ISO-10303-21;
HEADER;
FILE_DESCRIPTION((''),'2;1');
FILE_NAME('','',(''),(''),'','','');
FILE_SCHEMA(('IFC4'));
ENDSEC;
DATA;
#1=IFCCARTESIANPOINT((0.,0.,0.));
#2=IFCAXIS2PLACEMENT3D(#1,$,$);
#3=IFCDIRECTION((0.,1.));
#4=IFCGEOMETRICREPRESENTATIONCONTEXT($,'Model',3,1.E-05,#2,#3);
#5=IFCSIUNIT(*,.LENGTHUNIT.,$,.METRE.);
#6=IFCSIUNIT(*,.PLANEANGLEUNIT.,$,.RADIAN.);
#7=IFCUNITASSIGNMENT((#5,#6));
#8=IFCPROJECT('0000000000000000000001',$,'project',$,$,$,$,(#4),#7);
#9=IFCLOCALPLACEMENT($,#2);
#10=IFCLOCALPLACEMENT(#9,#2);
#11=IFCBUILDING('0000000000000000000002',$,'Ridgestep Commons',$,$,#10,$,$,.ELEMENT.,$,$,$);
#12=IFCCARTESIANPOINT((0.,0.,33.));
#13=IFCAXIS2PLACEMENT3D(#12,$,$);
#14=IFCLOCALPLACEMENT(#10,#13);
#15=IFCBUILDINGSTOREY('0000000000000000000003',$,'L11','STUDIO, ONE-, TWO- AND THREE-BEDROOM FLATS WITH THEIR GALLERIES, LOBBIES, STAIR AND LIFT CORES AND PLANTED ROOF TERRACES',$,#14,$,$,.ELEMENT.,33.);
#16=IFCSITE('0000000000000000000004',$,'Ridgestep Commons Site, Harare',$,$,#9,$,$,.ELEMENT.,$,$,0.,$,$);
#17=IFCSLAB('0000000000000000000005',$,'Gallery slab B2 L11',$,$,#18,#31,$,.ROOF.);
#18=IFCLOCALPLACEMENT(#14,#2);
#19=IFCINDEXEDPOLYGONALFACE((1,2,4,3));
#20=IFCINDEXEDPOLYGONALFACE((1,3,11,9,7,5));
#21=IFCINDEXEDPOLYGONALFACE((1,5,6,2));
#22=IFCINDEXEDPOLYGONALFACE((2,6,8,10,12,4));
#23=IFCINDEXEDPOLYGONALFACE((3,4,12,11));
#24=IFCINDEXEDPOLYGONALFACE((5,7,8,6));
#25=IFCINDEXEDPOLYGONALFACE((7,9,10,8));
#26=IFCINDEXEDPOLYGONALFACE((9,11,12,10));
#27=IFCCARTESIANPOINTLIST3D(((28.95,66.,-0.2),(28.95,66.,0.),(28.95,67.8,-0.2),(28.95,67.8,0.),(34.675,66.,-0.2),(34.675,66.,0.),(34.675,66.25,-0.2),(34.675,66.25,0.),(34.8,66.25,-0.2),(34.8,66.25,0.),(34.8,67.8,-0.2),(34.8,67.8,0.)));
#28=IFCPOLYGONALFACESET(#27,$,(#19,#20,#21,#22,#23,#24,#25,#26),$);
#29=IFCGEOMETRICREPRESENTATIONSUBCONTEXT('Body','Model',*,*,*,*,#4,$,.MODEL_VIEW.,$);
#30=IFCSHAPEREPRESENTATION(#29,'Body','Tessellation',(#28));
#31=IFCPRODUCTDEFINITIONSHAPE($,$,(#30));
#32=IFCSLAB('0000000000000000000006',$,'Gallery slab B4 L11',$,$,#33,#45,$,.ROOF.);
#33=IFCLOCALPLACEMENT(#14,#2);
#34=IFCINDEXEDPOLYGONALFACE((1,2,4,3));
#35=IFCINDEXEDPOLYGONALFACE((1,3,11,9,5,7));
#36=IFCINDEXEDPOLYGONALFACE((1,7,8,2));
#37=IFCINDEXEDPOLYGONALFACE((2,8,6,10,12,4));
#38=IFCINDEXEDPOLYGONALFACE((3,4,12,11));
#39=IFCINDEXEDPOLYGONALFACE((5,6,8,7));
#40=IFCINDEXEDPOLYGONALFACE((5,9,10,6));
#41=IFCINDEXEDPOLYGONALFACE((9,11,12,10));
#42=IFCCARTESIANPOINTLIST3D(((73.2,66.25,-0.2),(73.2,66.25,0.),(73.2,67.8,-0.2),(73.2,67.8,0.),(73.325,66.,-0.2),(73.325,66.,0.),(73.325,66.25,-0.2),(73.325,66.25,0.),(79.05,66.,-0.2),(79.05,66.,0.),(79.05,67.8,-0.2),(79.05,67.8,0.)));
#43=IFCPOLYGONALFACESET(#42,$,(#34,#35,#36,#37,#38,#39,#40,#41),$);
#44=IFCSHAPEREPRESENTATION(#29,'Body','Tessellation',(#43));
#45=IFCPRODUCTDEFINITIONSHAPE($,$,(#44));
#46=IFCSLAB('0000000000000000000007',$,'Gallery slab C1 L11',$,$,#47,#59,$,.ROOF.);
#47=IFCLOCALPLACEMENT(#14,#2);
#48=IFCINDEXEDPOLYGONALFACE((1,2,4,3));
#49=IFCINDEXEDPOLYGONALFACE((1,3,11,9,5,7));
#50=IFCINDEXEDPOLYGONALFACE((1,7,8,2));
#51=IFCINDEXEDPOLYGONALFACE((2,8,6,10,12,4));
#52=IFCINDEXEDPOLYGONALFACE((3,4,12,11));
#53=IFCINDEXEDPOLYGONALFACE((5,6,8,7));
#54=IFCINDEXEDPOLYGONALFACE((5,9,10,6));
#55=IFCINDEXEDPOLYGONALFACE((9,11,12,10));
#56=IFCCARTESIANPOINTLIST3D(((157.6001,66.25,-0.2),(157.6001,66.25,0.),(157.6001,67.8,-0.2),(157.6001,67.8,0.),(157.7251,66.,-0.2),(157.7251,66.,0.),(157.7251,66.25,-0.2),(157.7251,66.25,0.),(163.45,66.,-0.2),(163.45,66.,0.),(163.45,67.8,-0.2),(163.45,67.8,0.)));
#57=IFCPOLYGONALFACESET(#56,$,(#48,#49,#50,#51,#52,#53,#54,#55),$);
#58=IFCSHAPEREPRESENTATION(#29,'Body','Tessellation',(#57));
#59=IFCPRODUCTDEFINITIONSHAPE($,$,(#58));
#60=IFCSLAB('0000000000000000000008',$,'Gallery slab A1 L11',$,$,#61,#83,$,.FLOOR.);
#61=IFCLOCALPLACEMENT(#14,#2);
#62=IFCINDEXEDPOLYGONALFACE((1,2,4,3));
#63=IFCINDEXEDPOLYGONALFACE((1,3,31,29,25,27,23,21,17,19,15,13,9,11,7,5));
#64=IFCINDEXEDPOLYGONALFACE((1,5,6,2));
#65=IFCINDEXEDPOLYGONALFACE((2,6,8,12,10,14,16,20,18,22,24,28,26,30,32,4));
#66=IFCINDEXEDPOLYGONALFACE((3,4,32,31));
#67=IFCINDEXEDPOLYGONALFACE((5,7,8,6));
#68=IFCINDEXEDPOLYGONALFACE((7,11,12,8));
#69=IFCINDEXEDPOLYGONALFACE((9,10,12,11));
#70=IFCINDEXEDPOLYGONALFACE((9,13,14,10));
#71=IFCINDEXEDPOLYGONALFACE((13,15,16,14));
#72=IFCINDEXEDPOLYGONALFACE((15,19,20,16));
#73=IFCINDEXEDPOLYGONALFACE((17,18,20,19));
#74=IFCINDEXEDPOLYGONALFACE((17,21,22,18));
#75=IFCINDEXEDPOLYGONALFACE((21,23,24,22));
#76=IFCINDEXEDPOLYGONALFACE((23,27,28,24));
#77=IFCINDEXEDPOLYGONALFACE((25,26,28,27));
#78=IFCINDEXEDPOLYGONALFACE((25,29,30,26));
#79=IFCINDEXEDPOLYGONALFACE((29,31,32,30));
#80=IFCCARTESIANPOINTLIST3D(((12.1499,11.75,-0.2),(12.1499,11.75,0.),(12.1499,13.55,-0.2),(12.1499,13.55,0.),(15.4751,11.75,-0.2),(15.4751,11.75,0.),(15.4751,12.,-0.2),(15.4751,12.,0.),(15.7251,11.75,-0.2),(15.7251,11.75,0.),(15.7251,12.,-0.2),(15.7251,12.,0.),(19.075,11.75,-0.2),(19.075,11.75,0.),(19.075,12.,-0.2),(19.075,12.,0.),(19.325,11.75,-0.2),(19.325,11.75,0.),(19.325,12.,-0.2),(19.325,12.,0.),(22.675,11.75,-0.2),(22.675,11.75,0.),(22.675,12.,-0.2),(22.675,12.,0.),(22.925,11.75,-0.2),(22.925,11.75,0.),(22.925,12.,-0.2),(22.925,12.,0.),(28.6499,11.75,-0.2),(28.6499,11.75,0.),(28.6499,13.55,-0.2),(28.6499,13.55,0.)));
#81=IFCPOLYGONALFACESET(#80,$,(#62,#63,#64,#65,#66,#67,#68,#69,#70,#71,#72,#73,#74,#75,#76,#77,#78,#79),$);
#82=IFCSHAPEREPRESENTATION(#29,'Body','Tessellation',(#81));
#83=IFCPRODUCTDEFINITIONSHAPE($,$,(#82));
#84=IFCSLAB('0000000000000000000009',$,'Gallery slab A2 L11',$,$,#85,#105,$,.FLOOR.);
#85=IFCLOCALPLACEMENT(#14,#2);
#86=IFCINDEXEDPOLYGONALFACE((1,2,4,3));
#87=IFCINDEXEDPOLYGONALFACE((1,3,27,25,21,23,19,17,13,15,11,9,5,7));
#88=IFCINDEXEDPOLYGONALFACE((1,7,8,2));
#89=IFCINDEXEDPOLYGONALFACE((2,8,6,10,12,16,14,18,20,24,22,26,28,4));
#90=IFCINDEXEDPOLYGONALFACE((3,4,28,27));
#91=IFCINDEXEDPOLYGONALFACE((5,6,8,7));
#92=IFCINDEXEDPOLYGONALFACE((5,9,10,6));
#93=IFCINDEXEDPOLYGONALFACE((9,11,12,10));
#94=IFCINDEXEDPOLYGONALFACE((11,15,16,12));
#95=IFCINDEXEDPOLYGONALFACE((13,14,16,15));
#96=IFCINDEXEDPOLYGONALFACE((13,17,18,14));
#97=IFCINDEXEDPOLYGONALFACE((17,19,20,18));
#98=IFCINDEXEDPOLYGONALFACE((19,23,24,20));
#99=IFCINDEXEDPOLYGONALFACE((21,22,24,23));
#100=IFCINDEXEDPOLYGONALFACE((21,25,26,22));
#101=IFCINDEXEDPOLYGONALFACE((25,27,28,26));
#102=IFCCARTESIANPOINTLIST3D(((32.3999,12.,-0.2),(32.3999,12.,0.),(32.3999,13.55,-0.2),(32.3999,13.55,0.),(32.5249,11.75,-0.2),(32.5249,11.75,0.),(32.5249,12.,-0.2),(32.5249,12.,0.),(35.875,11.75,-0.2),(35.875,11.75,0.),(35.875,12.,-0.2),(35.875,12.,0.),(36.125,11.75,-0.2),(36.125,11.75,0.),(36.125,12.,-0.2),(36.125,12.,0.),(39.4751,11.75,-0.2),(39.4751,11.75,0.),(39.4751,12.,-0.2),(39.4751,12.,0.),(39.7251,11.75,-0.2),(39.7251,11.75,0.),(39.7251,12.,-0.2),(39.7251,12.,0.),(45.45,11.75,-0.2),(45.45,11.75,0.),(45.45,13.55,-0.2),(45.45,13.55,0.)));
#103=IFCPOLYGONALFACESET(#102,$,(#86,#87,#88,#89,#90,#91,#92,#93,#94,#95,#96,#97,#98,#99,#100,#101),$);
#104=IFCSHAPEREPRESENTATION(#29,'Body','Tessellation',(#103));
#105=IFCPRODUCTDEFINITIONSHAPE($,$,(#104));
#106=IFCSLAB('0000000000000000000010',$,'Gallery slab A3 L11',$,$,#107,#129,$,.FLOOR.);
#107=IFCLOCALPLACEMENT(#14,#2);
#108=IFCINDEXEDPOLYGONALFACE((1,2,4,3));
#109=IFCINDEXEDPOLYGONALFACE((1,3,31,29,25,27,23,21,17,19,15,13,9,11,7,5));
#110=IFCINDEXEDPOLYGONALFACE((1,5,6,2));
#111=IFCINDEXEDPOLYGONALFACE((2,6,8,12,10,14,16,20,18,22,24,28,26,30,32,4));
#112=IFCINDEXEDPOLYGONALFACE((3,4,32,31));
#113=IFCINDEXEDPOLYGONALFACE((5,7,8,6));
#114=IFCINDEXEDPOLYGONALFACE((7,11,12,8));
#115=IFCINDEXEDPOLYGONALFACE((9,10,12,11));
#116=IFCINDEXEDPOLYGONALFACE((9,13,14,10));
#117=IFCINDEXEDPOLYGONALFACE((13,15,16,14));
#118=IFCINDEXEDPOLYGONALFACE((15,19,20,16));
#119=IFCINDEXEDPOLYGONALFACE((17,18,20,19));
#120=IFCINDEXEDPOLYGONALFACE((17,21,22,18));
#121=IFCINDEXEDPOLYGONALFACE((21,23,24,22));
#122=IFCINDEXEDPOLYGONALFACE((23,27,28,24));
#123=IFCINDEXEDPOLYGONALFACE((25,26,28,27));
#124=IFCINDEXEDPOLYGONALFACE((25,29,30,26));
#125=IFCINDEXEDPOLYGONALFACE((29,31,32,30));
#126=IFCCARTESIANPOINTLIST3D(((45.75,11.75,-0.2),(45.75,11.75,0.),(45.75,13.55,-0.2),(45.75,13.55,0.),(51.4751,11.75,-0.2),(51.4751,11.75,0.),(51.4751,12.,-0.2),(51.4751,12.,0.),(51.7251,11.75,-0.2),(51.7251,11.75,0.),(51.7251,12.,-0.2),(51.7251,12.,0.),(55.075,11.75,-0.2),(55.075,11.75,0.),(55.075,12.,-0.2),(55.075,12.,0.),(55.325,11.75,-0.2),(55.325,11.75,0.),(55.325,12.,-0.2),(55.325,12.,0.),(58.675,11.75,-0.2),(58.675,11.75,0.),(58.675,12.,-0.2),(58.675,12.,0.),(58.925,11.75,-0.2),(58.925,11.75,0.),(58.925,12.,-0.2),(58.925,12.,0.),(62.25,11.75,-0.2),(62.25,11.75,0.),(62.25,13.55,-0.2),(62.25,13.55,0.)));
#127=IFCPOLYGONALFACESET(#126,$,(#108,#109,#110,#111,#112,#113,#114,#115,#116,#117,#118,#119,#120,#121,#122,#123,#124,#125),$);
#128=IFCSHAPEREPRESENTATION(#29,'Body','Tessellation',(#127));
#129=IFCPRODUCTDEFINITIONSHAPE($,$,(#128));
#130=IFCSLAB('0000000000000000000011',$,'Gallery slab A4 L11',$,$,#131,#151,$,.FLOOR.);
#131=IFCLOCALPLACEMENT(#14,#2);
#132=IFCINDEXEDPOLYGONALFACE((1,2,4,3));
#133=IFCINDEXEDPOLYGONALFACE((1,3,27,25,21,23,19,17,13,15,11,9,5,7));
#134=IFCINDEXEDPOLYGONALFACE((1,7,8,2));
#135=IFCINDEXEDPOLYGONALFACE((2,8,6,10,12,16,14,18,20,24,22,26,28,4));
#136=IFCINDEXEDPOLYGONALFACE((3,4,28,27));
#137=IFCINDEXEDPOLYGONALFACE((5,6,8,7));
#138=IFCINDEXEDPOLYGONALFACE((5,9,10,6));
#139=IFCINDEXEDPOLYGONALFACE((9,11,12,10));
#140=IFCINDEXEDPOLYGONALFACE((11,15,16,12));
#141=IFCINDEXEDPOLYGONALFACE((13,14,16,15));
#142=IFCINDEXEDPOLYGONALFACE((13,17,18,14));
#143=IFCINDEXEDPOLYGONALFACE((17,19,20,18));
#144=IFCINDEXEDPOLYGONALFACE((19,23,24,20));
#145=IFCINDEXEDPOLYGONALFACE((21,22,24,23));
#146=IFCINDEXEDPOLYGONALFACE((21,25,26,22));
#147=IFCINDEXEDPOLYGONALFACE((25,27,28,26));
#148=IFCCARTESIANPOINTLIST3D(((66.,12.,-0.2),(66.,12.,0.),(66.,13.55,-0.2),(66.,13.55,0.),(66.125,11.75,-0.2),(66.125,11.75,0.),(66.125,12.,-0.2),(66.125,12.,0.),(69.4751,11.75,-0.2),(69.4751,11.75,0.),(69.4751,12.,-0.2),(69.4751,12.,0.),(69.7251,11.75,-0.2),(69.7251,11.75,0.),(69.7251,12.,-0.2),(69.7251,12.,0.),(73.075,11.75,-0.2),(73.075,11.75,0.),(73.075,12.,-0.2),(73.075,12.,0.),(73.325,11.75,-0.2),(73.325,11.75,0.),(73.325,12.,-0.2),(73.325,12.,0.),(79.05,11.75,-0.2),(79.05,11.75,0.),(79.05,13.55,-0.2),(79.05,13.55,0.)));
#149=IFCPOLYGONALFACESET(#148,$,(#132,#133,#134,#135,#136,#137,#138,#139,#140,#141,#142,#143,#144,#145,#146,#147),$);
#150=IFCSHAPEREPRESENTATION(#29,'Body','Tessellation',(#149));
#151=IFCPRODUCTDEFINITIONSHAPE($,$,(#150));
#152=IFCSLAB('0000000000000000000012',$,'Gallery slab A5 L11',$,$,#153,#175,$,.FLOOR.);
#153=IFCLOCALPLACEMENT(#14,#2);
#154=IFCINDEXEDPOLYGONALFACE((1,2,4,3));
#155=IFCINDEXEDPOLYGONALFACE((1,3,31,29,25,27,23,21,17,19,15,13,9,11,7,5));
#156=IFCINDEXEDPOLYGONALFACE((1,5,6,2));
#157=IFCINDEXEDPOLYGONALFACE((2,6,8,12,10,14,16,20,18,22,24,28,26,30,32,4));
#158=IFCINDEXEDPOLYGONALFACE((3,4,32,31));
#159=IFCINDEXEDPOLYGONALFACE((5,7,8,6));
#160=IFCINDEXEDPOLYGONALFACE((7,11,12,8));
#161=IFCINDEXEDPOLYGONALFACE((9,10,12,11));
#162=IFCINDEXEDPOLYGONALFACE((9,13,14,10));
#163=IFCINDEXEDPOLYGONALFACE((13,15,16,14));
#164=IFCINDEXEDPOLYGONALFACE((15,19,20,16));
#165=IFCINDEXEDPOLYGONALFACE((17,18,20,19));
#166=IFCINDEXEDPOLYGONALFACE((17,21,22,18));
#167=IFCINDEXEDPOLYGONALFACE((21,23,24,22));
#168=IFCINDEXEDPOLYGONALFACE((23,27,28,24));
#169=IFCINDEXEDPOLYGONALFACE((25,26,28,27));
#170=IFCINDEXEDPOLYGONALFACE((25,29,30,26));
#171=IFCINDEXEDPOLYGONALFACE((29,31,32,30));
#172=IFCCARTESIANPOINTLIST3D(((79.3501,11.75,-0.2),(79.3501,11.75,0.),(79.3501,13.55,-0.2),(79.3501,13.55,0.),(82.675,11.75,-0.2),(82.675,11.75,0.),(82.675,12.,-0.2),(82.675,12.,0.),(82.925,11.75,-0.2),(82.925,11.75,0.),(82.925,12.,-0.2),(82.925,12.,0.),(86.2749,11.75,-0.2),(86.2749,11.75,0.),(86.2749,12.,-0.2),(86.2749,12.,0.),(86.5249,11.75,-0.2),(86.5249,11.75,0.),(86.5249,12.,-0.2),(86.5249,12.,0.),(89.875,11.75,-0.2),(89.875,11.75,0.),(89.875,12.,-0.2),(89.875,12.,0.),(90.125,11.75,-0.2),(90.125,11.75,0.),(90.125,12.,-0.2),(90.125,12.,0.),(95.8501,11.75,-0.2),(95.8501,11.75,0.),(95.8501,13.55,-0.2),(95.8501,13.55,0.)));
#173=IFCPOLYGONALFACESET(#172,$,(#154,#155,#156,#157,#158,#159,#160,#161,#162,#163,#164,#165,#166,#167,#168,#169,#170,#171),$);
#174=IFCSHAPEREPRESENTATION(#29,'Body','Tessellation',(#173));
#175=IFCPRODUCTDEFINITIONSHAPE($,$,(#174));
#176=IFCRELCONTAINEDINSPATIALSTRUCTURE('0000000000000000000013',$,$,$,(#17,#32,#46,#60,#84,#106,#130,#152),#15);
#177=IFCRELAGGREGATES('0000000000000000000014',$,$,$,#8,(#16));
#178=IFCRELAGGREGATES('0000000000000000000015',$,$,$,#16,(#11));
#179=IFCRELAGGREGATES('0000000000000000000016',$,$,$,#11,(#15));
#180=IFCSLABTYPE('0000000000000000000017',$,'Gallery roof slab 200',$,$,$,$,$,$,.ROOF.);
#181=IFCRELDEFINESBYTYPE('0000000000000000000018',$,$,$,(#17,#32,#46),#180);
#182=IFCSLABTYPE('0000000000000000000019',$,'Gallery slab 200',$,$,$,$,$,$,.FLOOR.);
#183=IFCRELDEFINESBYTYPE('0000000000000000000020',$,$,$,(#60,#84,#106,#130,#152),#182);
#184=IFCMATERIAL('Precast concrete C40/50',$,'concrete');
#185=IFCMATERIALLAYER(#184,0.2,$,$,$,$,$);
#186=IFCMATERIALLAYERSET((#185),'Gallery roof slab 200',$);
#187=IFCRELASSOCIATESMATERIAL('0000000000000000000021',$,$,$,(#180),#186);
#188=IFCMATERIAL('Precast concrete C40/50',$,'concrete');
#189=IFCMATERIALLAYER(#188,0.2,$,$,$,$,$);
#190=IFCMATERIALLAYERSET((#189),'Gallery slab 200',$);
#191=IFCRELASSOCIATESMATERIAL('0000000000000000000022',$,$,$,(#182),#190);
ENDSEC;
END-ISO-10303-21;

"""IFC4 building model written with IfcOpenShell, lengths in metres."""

from ifc_helpers import new_model, si_unit, direction, frame, origin, place, context, subcontext, project, spatial, polyline, outline, extrude, material, layer, layer_set, type_object, element, save


model = new_model("IFC4")

# Units and contexts
model_context = context("Model", 3, precision=1e-05, world=origin(), true_north=direction((0.0, 1.0)))
body_context = subcontext(model_context, "Body", "Model", "MODEL_VIEW")
ifc_project = project(units=[si_unit("LENGTHUNIT", "METRE"), si_unit("PLANEANGLEUNIT", "RADIAN")], contexts=[model_context])

# Site, building, storey
site_placement = place(None, origin())
site = spatial("IfcSite", under=ifc_project, at=site_placement, Name="Ridgestep Commons Site, Harare", CompositionType="ELEMENT", RefElevation=0.0)
building_placement = place(site_placement, origin())
building = spatial("IfcBuilding", under=site, at=building_placement, Name="Ridgestep Commons", CompositionType="ELEMENT")
storey_placement = place(building_placement, frame((0.0, 0.0, 33.0)))
storey = spatial("IfcBuildingStorey", under=building, at=storey_placement, Name="L11", Description="STUDIO, ONE-, TWO- AND THREE-BEDROOM FLATS WITH THEIR GALLERIES, LOBBIES, STAIR AND LIFT CORES AND PLANTED ROOF TERRACES", CompositionType="ELEMENT", Elevation=33.0)

# Slabs
ifc_material_1 = material(Name="Precast concrete C40/50", Category="concrete")
ifc_layer_1 = layer(ifc_material_1, 0.2)
ifc_layer_set_1 = layer_set([ifc_layer_1], Name="Gallery roof slab 200")
slab_type_1 = type_object("IfcSlabType", Name="Gallery roof slab 200", PredefinedType="ROOF", material=ifc_layer_set_1)
slab_1_placement = place(storey_placement, frame((0.0, 0.0, -0.2)))
element("IfcSlab", 1, at=slab_1_placement, inside=storey, type_object=slab_type_1, Name="Gallery slab B2 L11", PredefinedType="ROOF", context=body_context, shape_type="SweptSolid", body=[
    extrude(outline(polyline([(28.95, 66.0), (34.675, 66.0), (34.675, 66.25), (34.8, 66.25), (34.8, 67.8), (28.95, 67.8), (28.95, 66.0)])), origin(), (0.0, 0.0, 1.0), 0.2),
])
slab_2_placement = place(storey_placement, frame((0.0, 0.0, -0.2)))
element("IfcSlab", 2, at=slab_2_placement, inside=storey, type_object=slab_type_1, Name="Gallery slab B4 L11", PredefinedType="ROOF", context=body_context, shape_type="SweptSolid", body=[
    extrude(outline(polyline([(73.2, 67.8), (73.2, 66.25), (73.325, 66.25), (73.325, 66.0), (79.05, 66.0), (79.05, 67.8), (73.2, 67.8)])), origin(), (0.0, 0.0, 1.0), 0.2),
])
slab_3_placement = place(storey_placement, frame((0.0, 0.0, -0.2)))
element("IfcSlab", 3, at=slab_3_placement, inside=storey, type_object=slab_type_1, Name="Gallery slab C1 L11", PredefinedType="ROOF", context=body_context, shape_type="SweptSolid", body=[
    extrude(outline(polyline([(157.6001, 67.8), (157.6001, 66.25), (157.7251, 66.25), (157.7251, 66.0), (163.45, 66.0), (163.45, 67.8), (157.6001, 67.8)])), origin(), (0.0, 0.0, 1.0), 0.2),
])
ifc_material_2 = material(Name="Precast concrete C40/50", Category="concrete")
ifc_layer_2 = layer(ifc_material_2, 0.2)
ifc_layer_set_2 = layer_set([ifc_layer_2], Name="Gallery slab 200")
slab_type_2 = type_object("IfcSlabType", Name="Gallery slab 200", PredefinedType="FLOOR", material=ifc_layer_set_2)
slab_4_placement = place(storey_placement, frame((0.0, 0.0, -0.2)))
element("IfcSlab", 4, at=slab_4_placement, inside=storey, type_object=slab_type_2, Name="Gallery slab A1 L11", PredefinedType="FLOOR", context=body_context, shape_type="SweptSolid", body=[
    extrude(outline(polyline([(28.6499, 13.55), (12.1499, 13.55), (12.1499, 11.75), (15.4751, 11.75), (15.4751, 12.0), (15.7251, 12.0), (15.7251, 11.75), (19.075, 11.75), (19.075, 12.0), (19.325, 12.0), (19.325, 11.75), (22.675, 11.75), (22.675, 12.0), (22.925, 12.0), (22.925, 11.75), (28.6499, 11.75), (28.6499, 13.55)])), origin(), (0.0, 0.0, 1.0), 0.2),
])
slab_5_placement = place(storey_placement, frame((0.0, 0.0, -0.2)))
element("IfcSlab", 5, at=slab_5_placement, inside=storey, type_object=slab_type_2, Name="Gallery slab A2 L11", PredefinedType="FLOOR", context=body_context, shape_type="SweptSolid", body=[
    extrude(outline(polyline([(45.45, 11.75), (45.45, 13.55), (32.3999, 13.55), (32.3999, 12.0), (32.5249, 12.0), (32.5249, 11.75), (35.875, 11.75), (35.875, 12.0), (36.125, 12.0), (36.125, 11.75), (39.4751, 11.75), (39.4751, 12.0), (39.7251, 12.0), (39.7251, 11.75), (45.45, 11.75)])), origin(), (0.0, 0.0, 1.0), 0.2),
])
slab_6_placement = place(storey_placement, frame((0.0, 0.0, -0.2)))
element("IfcSlab", 6, at=slab_6_placement, inside=storey, type_object=slab_type_2, Name="Gallery slab A3 L11", PredefinedType="FLOOR", context=body_context, shape_type="SweptSolid", body=[
    extrude(outline(polyline([(62.25, 13.55), (45.75, 13.55), (45.75, 11.75), (51.4751, 11.75), (51.4751, 12.0), (51.7251, 12.0), (51.7251, 11.75), (55.075, 11.75), (55.075, 12.0), (55.325, 12.0), (55.325, 11.75), (58.675, 11.75), (58.675, 12.0), (58.925, 12.0), (58.925, 11.75), (62.25, 11.75), (62.25, 13.55)])), origin(), (0.0, 0.0, 1.0), 0.2),
])
slab_7_placement = place(storey_placement, frame((0.0, 0.0, -0.2)))
element("IfcSlab", 7, at=slab_7_placement, inside=storey, type_object=slab_type_2, Name="Gallery slab A4 L11", PredefinedType="FLOOR", context=body_context, shape_type="SweptSolid", body=[
    extrude(outline(polyline([(79.05, 11.75), (79.05, 13.55), (66.0, 13.55), (66.0, 12.0), (66.125, 12.0), (66.125, 11.75), (69.4751, 11.75), (69.4751, 12.0), (69.7251, 12.0), (69.7251, 11.75), (73.075, 11.75), (73.075, 12.0), (73.325, 12.0), (73.325, 11.75), (79.05, 11.75)])), origin(), (0.0, 0.0, 1.0), 0.2),
])
slab_8_placement = place(storey_placement, frame((0.0, 0.0, -0.2)))
element("IfcSlab", 8, at=slab_8_placement, inside=storey, type_object=slab_type_2, Name="Gallery slab A5 L11", PredefinedType="FLOOR", context=body_context, shape_type="SweptSolid", body=[
    extrude(outline(polyline([(95.8501, 13.55), (79.3501, 13.55), (79.3501, 11.75), (82.675, 11.75), (82.675, 12.0), (82.925, 12.0), (82.925, 11.75), (86.2749, 11.75), (86.2749, 12.0), (86.5249, 12.0), (86.5249, 11.75), (89.875, 11.75), (89.875, 12.0), (90.125, 12.0), (90.125, 11.75), (95.8501, 11.75), (95.8501, 13.55)])), origin(), (0.0, 0.0, 1.0), 0.2),
])

save(model, "model.ifc")
